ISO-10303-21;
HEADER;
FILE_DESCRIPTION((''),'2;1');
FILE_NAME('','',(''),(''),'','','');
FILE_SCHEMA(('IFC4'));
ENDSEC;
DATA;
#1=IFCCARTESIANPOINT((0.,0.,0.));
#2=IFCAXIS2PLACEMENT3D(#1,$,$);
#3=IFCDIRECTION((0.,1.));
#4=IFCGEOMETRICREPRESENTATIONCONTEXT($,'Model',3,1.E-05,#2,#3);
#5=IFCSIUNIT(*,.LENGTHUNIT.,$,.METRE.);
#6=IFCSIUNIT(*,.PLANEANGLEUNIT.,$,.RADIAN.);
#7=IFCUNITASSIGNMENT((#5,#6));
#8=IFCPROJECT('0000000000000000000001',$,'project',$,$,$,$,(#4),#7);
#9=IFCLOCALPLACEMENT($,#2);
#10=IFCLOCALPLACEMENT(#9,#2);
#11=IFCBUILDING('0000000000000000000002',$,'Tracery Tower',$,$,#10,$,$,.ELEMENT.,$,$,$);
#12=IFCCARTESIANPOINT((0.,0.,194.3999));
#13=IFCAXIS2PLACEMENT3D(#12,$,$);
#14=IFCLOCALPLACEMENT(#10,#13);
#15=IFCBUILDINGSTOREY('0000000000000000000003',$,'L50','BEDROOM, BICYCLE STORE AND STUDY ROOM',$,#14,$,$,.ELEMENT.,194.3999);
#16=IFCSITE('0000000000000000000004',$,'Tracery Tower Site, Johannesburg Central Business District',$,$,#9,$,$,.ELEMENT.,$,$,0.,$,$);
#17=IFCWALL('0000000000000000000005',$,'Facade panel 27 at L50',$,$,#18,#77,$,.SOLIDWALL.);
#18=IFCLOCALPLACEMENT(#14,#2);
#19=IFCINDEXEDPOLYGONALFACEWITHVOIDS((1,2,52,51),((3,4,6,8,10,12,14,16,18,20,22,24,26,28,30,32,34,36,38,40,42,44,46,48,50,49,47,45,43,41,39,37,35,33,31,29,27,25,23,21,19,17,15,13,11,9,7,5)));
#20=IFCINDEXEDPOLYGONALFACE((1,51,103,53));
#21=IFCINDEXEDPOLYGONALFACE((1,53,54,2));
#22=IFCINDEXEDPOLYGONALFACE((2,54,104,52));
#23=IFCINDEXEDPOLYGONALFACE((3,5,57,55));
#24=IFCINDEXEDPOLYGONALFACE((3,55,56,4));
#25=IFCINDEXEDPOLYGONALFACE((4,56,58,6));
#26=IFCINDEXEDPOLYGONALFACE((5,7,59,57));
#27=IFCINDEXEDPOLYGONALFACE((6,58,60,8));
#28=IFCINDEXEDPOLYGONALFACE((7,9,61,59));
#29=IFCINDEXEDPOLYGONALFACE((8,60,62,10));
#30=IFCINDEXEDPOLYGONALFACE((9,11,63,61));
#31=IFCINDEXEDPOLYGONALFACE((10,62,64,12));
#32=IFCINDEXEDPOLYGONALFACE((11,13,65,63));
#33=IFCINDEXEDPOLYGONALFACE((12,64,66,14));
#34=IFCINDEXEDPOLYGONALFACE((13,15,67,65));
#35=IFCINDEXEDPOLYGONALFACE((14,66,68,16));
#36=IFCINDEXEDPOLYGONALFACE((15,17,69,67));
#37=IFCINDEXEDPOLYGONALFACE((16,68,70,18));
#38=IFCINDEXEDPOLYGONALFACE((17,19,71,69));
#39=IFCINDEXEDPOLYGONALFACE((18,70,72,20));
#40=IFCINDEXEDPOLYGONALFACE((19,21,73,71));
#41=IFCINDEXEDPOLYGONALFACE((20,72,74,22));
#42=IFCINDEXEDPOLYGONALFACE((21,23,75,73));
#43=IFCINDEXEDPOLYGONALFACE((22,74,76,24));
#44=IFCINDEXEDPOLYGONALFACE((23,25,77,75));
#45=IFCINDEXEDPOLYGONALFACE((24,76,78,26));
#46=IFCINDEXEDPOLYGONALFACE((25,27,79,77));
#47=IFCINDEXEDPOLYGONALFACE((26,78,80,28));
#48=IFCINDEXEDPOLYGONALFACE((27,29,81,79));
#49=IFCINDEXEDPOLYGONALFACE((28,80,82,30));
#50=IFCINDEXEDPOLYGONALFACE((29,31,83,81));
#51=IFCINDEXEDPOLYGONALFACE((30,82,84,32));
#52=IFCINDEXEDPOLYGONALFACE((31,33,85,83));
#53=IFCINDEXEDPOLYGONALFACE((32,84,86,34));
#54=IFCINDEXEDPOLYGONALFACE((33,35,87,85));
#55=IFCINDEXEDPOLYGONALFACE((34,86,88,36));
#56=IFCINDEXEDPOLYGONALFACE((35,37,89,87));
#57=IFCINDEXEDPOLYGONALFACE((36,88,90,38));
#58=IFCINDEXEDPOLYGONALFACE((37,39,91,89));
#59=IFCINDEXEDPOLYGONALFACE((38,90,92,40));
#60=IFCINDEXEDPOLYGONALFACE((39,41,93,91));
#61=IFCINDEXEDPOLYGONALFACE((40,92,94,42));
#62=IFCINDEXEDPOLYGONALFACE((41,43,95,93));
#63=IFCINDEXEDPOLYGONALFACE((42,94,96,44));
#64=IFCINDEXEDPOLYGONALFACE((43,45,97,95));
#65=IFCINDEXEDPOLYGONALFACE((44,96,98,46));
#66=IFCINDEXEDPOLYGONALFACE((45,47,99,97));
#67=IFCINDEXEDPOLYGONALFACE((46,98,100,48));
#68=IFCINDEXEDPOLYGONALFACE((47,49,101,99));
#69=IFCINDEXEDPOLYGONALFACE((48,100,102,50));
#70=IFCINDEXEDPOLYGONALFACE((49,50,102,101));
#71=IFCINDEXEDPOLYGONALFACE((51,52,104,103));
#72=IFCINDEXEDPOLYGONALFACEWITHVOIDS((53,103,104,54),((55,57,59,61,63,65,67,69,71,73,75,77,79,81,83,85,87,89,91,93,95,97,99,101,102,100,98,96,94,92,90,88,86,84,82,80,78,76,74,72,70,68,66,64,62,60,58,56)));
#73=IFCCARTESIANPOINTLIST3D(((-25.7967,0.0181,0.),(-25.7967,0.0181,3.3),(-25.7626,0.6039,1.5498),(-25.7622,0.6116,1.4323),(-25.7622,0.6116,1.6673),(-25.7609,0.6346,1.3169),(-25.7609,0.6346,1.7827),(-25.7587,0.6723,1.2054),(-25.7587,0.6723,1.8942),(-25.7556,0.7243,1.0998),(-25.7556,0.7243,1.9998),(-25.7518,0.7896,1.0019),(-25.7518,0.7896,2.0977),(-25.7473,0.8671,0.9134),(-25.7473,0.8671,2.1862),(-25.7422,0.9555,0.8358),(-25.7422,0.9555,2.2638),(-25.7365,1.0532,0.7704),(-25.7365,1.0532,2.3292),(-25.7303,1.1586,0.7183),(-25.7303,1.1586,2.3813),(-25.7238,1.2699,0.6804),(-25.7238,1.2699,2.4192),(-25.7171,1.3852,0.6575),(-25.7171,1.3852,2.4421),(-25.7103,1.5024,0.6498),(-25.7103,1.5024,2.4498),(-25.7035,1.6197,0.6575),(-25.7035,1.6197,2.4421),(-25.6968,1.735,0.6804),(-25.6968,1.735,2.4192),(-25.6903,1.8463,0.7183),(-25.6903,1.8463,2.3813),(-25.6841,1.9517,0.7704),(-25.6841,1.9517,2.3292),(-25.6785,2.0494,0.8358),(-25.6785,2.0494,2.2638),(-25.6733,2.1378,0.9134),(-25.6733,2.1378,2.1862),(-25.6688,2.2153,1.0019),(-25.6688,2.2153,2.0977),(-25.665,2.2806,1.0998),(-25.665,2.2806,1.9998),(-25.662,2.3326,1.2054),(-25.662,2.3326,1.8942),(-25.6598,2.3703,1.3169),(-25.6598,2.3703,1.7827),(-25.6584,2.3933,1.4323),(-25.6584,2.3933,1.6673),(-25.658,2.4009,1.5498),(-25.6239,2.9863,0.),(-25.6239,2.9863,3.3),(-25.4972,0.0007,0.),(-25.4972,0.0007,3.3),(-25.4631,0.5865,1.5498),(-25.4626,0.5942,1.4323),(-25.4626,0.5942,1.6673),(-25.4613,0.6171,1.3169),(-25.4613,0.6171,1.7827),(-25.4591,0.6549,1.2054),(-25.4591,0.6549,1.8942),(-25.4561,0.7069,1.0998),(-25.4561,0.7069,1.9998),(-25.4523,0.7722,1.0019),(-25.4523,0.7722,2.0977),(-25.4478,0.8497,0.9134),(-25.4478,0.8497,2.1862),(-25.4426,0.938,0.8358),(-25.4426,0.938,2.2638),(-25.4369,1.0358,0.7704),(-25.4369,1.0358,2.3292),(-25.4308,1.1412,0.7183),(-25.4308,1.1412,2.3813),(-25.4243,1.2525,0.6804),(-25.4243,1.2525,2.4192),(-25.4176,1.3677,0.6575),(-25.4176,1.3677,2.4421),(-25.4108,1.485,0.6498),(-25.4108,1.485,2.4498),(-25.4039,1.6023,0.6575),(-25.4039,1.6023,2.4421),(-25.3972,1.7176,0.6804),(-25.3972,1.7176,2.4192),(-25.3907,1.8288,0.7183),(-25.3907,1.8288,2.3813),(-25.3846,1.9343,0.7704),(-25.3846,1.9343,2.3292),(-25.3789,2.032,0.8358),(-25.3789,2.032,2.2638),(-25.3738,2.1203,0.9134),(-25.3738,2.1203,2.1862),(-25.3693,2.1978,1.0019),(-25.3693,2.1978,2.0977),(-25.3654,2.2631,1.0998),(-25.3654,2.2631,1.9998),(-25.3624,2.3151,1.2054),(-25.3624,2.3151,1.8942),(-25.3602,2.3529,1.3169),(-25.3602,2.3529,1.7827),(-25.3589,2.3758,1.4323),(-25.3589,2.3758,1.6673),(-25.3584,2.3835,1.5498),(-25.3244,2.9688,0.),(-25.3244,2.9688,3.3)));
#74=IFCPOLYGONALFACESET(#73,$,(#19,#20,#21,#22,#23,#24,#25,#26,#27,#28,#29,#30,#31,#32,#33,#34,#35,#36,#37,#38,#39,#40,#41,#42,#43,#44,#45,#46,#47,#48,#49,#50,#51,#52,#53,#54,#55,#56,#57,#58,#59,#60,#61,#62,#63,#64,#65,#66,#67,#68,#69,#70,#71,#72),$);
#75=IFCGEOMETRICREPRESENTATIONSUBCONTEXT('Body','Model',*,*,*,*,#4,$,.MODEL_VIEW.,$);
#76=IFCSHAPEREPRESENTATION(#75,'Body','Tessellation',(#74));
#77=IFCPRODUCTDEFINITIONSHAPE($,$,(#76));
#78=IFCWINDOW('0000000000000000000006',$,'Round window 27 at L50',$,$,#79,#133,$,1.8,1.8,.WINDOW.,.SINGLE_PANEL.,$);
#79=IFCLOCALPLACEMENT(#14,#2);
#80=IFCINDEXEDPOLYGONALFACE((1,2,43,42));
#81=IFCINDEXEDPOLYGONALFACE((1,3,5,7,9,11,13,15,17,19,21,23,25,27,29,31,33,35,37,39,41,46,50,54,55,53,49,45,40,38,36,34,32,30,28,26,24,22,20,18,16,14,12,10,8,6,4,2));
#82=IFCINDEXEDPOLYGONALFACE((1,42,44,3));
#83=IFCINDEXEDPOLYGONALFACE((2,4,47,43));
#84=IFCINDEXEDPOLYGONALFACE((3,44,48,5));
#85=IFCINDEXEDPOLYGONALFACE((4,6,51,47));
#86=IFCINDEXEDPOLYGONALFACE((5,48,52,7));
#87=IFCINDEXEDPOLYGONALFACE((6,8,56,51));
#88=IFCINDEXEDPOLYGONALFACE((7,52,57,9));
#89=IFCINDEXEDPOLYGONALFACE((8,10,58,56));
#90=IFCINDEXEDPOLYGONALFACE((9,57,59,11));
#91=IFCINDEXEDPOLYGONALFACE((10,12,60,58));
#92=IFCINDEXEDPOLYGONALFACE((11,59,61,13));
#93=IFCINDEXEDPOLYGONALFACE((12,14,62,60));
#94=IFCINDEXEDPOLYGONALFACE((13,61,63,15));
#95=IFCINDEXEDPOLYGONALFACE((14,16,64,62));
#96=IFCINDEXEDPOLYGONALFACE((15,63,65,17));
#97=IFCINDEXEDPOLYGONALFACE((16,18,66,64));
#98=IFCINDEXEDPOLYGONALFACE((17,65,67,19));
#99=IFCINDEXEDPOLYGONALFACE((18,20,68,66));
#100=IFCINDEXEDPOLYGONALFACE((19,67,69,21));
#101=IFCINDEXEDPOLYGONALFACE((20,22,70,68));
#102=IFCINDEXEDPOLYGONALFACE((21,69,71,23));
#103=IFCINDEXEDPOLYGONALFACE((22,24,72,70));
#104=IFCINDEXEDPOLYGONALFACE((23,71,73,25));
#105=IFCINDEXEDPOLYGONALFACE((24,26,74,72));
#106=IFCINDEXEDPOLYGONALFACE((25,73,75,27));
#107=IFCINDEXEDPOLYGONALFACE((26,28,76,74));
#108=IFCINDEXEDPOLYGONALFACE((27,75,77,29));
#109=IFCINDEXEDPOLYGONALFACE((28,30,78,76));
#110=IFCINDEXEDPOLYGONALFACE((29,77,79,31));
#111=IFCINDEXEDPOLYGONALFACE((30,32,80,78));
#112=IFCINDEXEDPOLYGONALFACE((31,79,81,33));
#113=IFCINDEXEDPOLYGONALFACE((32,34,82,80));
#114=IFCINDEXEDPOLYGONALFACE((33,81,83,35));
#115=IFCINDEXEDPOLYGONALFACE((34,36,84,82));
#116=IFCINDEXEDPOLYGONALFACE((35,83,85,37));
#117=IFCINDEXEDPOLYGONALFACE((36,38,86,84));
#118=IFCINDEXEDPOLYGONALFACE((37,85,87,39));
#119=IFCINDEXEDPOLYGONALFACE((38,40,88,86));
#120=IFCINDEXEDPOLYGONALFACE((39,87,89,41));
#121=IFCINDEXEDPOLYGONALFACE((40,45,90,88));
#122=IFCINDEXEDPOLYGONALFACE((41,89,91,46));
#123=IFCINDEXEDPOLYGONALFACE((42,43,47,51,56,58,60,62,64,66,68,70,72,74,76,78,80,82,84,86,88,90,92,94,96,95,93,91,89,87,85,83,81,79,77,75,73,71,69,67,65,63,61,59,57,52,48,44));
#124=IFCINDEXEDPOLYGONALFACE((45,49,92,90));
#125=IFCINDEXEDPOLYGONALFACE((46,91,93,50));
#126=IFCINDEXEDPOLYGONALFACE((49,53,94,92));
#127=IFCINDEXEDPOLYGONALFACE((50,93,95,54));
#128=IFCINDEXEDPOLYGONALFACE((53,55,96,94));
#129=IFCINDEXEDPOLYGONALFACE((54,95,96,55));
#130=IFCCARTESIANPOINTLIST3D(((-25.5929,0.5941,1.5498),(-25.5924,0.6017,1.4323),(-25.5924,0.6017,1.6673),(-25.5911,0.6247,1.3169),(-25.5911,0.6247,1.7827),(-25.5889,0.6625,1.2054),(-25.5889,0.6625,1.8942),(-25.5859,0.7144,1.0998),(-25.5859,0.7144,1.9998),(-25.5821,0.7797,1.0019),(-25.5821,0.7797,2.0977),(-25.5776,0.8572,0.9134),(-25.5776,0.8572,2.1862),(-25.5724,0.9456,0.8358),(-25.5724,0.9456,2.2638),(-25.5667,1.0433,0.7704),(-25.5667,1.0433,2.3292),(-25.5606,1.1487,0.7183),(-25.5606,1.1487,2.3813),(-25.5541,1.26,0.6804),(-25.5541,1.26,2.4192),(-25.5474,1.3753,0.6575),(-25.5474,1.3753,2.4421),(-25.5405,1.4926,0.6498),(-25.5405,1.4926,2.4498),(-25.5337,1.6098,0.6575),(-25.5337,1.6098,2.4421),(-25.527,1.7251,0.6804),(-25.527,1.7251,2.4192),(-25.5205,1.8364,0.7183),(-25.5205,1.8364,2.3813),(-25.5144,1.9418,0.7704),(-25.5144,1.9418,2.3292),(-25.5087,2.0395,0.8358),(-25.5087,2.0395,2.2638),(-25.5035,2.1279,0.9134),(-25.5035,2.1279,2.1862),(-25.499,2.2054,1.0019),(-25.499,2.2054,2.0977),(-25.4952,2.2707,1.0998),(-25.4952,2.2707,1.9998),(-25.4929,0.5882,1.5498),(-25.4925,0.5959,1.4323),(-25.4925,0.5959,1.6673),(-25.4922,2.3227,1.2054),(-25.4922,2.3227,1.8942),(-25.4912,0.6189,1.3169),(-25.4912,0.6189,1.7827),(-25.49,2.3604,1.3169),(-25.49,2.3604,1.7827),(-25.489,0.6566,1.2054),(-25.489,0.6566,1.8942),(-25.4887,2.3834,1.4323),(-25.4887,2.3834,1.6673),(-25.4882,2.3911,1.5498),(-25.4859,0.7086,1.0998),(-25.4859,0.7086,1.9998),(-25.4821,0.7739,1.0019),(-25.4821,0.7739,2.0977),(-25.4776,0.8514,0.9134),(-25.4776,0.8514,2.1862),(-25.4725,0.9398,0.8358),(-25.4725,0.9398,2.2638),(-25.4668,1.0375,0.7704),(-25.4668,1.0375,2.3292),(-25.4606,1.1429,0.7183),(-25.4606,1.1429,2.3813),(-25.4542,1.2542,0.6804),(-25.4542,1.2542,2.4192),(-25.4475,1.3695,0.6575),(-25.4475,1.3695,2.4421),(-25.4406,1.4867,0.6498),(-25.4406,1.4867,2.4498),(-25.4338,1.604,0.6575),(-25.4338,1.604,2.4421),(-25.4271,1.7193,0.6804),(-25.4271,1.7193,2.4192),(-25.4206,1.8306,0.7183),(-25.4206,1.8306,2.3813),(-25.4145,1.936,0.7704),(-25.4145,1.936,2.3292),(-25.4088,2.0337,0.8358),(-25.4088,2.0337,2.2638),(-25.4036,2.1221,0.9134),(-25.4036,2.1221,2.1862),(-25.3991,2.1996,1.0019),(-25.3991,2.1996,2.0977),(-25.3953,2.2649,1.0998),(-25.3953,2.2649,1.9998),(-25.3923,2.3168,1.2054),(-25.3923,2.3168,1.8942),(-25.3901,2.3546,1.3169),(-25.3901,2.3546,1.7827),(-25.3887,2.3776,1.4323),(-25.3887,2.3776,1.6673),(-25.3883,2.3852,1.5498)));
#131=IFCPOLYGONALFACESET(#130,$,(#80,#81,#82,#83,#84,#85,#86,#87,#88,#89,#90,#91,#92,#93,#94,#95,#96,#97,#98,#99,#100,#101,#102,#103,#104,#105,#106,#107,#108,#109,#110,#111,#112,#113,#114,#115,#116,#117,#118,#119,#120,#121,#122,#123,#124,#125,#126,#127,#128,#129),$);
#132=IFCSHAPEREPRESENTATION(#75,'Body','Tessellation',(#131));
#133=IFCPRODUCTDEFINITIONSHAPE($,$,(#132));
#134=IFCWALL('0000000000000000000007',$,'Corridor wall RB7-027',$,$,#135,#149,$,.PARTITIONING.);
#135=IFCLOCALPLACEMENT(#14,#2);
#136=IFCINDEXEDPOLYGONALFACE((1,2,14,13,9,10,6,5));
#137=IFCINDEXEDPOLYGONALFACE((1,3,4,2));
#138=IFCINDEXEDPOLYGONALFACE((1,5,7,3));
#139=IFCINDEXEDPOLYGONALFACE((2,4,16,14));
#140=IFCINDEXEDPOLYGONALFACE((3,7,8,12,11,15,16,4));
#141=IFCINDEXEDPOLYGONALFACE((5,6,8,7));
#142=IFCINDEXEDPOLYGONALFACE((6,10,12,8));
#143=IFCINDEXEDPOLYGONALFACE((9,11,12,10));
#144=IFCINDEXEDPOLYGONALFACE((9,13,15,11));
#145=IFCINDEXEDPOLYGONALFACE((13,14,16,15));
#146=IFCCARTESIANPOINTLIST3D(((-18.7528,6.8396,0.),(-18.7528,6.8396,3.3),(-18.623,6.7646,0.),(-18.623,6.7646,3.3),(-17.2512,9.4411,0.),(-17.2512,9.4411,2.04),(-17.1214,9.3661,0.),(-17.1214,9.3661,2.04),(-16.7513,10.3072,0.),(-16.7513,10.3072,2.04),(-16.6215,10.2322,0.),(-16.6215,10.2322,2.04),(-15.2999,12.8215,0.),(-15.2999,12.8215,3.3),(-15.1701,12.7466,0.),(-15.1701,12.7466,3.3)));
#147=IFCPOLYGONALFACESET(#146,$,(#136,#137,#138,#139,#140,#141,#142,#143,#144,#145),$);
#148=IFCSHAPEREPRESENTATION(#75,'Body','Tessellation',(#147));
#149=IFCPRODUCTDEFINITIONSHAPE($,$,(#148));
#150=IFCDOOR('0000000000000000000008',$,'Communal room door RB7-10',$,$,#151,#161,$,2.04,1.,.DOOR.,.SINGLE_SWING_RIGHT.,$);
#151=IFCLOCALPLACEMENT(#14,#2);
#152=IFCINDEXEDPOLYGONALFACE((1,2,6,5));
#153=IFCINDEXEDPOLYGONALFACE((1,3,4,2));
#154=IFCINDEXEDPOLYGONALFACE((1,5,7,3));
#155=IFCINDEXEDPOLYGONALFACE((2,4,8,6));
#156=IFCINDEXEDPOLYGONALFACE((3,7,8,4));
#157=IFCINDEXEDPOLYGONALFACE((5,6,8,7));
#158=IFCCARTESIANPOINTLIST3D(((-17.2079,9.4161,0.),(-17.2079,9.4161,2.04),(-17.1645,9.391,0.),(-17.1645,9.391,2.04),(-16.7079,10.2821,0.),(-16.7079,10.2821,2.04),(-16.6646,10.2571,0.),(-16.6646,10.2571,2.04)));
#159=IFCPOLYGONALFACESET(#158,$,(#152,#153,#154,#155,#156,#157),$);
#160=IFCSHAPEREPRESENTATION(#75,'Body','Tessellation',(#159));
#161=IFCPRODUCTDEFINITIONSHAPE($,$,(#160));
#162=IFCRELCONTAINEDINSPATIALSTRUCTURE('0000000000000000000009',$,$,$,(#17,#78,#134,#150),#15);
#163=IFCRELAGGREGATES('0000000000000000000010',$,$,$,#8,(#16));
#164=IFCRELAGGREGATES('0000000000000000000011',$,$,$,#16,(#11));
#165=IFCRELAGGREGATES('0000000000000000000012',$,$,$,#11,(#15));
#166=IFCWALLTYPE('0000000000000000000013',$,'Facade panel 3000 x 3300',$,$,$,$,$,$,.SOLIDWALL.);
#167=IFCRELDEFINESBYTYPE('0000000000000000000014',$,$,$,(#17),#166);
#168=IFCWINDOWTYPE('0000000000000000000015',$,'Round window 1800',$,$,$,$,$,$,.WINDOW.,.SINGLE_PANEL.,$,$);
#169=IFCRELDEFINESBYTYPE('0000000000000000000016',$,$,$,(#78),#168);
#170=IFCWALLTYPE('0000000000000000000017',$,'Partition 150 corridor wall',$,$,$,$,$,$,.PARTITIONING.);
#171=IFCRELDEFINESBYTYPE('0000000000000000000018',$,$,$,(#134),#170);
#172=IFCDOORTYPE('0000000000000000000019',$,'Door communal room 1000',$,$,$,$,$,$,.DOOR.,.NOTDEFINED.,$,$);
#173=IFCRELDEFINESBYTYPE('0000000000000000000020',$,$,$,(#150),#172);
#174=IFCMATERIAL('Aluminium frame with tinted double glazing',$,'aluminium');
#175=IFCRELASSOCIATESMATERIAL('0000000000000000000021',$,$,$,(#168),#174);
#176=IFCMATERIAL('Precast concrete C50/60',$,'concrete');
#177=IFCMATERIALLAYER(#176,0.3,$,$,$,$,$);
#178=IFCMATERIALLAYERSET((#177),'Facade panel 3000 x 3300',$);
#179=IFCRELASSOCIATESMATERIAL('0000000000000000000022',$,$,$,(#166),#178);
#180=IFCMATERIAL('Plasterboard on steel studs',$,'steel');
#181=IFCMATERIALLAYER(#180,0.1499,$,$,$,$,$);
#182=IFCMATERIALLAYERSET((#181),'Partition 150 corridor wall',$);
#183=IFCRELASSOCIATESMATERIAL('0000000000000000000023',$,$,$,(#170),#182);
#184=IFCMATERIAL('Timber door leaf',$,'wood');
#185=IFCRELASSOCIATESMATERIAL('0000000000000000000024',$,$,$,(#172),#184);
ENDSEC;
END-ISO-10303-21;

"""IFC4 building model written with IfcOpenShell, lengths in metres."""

from ifc_helpers import new_model, si_unit, direction, frame, frame_2d, origin, origin_2d, place, context, subcontext, project, spatial, rectangle, circle, extrude, material, layer, layer_set, type_object, element, fill, save


model = new_model("IFC4")

# Units and contexts
model_context = context("Model", 3, precision=1e-05, world=origin(), true_north=direction((0.0, 1.0)))
body_context = subcontext(model_context, "Body", "Model", "MODEL_VIEW")
ifc_project = project(units=[si_unit("LENGTHUNIT", "METRE"), si_unit("PLANEANGLEUNIT", "RADIAN")], contexts=[model_context])

# Site, building, storey
site_placement = place(None, origin())
site = spatial("IfcSite", under=ifc_project, at=site_placement, Name="Tracery Tower Site, Johannesburg Central Business District", CompositionType="ELEMENT", RefElevation=0.0)
building_placement = place(site_placement, origin())
building = spatial("IfcBuilding", under=site, at=building_placement, Name="Tracery Tower", CompositionType="ELEMENT")
storey_placement = place(building_placement, frame((0.0, 0.0, 194.3999)))
storey = spatial("IfcBuildingStorey", under=building, at=storey_placement, Name="L50", Description="BEDROOM, BICYCLE STORE AND STUDY ROOM", CompositionType="ELEMENT", Elevation=194.3999)

# Wall, opening, window
ifc_material_1 = material(Name="Aluminium frame with tinted double glazing", Category="aluminium")
window_type = type_object("IfcWindowType", Name="Round window 1800", PartitioningType="SINGLE_PANEL", PredefinedType="WINDOW", material=ifc_material_1)
ifc_material_2 = material(Name="Precast concrete C50/60", Category="concrete")
ifc_layer_1 = layer(ifc_material_2, 0.3)
ifc_layer_set_1 = layer_set([ifc_layer_1], Name="Facade panel 3000 x 3300")
wall_type_1 = type_object("IfcWallType", Name="Facade panel 3000 x 3300", PredefinedType="SOLIDWALL", material=ifc_layer_set_1)
wall_1_placement = place(storey_placement, frame((-25.4741, 2.9775, 0.0), z_axis=(0.0, 0.0, 1.0), x_axis=(-0.05814, -0.998308, 0.0)))
wall_1 = element("IfcWall", 1, at=wall_1_placement, inside=storey, type_object=wall_type_1, Name="Facade panel 27 at L50", PredefinedType="SOLIDWALL", context=body_context, shape_type="SweptSolid", body=[
    extrude(rectangle(XDim=2.9731, YDim=0.3, at=frame_2d((1.4866, 0.0))), origin(), (0.0, 0.0, 1.0), 3.3),
])
opening_1_placement = place(wall_1_placement, frame((1.4863, 0.0, 1.5498)))
opening_1 = element("IfcOpeningElement", 2, at=opening_1_placement, cuts=wall_1, PredefinedType="OPENING", context=body_context, shape_type="SweptSolid", body=[
    extrude(circle(Radius=0.9, at=origin_2d()), frame((0.0, 0.1599, 0.0), z_axis=(0.0, -1.0, 0.0), x_axis=(1.0, 0.0, 0.0)), (0.0, 0.0, 1.0), 0.3201),
])
window_1_placement = place(opening_1_placement, origin())
window_1 = element("IfcWindow", 3, at=window_1_placement, inside=storey, type_object=window_type, Name="Round window 27 at L50", OverallHeight=1.8, OverallWidth=1.8, PartitioningType="SINGLE_PANEL", PredefinedType="WINDOW", context=body_context, shape_type="SweptSolid", body=[
    extrude(circle(Radius=0.9, at=origin_2d()), frame((0.0, 0.1201, 0.0), z_axis=(0.0, -1.0, 0.0), x_axis=(1.0, 0.0, 0.0)), (0.0, 0.0, 1.0), 0.1001),
])
fill(opening_1, window_1)

# Wall, opening, door
ifc_material_3 = material(Name="Plasterboard on steel studs", Category="steel")
ifc_layer_2 = layer(ifc_material_3, 0.1499)
ifc_layer_set_2 = layer_set([ifc_layer_2], Name="Partition 150 corridor wall")
wall_type_2 = type_object("IfcWallType", Name="Partition 150 corridor wall", PredefinedType="PARTITIONING", material=ifc_layer_set_2)
wall_2_placement = place(storey_placement, frame((-18.688, 6.802, 0.0), z_axis=(0.0, 0.0, 1.0), x_axis=(0.499914, 0.866075, 0.0)))
wall_2 = element("IfcWall", 4, at=wall_2_placement, inside=storey, type_object=wall_type_2, Name="Corridor wall RB7-027", PredefinedType="PARTITIONING", context=body_context, shape_type="SweptSolid", body=[
    extrude(rectangle(XDim=6.907, YDim=0.1499, at=frame_2d((3.4536, 0.0))), origin(), (0.0, 0.0, 1.0), 3.3),
])
opening_2_placement = place(wall_2_placement, frame((3.0039, 0.0, 0.0)))
opening_2 = element("IfcOpeningElement", 5, at=opening_2_placement, cuts=wall_2, PredefinedType="OPENING", context=body_context, shape_type="SweptSolid", body=[
    extrude(rectangle(XDim=1.0, YDim=2.04, at=frame_2d((0.5, 1.02))), frame((0.0, 0.075, 0.0), z_axis=(0.0, -1.0, 0.0), x_axis=(1.0, 0.0, 0.0)), (0.0, 0.0, 1.0), 0.1499),
])
ifc_material_4 = material(Name="Timber door leaf", Category="wood")
door_type_1 = type_object("IfcDoorType", Name="Door communal room 1000", OperationType="NOTDEFINED", PredefinedType="DOOR", material=ifc_material_4)
door_1_placement = place(opening_2_placement, origin())
door_1 = element("IfcDoor", 6, at=door_1_placement, inside=storey, type_object=door_type_1, Name="Communal room door RB7-10", OperationType="SINGLE_SWING_RIGHT", OverallHeight=2.04, OverallWidth=1.0, PredefinedType="DOOR", context=body_context, shape_type="SweptSolid", body=[
    extrude(rectangle(XDim=1.0, YDim=2.04, at=frame_2d((0.5, 1.02))), frame((0.0, 0.0249, 0.0), z_axis=(0.0, -1.0, 0.0), x_axis=(1.0, 0.0, 0.0)), (0.0, 0.0, 1.0), 0.05),
])
fill(opening_2, door_1)

save(model, "model.ifc")
